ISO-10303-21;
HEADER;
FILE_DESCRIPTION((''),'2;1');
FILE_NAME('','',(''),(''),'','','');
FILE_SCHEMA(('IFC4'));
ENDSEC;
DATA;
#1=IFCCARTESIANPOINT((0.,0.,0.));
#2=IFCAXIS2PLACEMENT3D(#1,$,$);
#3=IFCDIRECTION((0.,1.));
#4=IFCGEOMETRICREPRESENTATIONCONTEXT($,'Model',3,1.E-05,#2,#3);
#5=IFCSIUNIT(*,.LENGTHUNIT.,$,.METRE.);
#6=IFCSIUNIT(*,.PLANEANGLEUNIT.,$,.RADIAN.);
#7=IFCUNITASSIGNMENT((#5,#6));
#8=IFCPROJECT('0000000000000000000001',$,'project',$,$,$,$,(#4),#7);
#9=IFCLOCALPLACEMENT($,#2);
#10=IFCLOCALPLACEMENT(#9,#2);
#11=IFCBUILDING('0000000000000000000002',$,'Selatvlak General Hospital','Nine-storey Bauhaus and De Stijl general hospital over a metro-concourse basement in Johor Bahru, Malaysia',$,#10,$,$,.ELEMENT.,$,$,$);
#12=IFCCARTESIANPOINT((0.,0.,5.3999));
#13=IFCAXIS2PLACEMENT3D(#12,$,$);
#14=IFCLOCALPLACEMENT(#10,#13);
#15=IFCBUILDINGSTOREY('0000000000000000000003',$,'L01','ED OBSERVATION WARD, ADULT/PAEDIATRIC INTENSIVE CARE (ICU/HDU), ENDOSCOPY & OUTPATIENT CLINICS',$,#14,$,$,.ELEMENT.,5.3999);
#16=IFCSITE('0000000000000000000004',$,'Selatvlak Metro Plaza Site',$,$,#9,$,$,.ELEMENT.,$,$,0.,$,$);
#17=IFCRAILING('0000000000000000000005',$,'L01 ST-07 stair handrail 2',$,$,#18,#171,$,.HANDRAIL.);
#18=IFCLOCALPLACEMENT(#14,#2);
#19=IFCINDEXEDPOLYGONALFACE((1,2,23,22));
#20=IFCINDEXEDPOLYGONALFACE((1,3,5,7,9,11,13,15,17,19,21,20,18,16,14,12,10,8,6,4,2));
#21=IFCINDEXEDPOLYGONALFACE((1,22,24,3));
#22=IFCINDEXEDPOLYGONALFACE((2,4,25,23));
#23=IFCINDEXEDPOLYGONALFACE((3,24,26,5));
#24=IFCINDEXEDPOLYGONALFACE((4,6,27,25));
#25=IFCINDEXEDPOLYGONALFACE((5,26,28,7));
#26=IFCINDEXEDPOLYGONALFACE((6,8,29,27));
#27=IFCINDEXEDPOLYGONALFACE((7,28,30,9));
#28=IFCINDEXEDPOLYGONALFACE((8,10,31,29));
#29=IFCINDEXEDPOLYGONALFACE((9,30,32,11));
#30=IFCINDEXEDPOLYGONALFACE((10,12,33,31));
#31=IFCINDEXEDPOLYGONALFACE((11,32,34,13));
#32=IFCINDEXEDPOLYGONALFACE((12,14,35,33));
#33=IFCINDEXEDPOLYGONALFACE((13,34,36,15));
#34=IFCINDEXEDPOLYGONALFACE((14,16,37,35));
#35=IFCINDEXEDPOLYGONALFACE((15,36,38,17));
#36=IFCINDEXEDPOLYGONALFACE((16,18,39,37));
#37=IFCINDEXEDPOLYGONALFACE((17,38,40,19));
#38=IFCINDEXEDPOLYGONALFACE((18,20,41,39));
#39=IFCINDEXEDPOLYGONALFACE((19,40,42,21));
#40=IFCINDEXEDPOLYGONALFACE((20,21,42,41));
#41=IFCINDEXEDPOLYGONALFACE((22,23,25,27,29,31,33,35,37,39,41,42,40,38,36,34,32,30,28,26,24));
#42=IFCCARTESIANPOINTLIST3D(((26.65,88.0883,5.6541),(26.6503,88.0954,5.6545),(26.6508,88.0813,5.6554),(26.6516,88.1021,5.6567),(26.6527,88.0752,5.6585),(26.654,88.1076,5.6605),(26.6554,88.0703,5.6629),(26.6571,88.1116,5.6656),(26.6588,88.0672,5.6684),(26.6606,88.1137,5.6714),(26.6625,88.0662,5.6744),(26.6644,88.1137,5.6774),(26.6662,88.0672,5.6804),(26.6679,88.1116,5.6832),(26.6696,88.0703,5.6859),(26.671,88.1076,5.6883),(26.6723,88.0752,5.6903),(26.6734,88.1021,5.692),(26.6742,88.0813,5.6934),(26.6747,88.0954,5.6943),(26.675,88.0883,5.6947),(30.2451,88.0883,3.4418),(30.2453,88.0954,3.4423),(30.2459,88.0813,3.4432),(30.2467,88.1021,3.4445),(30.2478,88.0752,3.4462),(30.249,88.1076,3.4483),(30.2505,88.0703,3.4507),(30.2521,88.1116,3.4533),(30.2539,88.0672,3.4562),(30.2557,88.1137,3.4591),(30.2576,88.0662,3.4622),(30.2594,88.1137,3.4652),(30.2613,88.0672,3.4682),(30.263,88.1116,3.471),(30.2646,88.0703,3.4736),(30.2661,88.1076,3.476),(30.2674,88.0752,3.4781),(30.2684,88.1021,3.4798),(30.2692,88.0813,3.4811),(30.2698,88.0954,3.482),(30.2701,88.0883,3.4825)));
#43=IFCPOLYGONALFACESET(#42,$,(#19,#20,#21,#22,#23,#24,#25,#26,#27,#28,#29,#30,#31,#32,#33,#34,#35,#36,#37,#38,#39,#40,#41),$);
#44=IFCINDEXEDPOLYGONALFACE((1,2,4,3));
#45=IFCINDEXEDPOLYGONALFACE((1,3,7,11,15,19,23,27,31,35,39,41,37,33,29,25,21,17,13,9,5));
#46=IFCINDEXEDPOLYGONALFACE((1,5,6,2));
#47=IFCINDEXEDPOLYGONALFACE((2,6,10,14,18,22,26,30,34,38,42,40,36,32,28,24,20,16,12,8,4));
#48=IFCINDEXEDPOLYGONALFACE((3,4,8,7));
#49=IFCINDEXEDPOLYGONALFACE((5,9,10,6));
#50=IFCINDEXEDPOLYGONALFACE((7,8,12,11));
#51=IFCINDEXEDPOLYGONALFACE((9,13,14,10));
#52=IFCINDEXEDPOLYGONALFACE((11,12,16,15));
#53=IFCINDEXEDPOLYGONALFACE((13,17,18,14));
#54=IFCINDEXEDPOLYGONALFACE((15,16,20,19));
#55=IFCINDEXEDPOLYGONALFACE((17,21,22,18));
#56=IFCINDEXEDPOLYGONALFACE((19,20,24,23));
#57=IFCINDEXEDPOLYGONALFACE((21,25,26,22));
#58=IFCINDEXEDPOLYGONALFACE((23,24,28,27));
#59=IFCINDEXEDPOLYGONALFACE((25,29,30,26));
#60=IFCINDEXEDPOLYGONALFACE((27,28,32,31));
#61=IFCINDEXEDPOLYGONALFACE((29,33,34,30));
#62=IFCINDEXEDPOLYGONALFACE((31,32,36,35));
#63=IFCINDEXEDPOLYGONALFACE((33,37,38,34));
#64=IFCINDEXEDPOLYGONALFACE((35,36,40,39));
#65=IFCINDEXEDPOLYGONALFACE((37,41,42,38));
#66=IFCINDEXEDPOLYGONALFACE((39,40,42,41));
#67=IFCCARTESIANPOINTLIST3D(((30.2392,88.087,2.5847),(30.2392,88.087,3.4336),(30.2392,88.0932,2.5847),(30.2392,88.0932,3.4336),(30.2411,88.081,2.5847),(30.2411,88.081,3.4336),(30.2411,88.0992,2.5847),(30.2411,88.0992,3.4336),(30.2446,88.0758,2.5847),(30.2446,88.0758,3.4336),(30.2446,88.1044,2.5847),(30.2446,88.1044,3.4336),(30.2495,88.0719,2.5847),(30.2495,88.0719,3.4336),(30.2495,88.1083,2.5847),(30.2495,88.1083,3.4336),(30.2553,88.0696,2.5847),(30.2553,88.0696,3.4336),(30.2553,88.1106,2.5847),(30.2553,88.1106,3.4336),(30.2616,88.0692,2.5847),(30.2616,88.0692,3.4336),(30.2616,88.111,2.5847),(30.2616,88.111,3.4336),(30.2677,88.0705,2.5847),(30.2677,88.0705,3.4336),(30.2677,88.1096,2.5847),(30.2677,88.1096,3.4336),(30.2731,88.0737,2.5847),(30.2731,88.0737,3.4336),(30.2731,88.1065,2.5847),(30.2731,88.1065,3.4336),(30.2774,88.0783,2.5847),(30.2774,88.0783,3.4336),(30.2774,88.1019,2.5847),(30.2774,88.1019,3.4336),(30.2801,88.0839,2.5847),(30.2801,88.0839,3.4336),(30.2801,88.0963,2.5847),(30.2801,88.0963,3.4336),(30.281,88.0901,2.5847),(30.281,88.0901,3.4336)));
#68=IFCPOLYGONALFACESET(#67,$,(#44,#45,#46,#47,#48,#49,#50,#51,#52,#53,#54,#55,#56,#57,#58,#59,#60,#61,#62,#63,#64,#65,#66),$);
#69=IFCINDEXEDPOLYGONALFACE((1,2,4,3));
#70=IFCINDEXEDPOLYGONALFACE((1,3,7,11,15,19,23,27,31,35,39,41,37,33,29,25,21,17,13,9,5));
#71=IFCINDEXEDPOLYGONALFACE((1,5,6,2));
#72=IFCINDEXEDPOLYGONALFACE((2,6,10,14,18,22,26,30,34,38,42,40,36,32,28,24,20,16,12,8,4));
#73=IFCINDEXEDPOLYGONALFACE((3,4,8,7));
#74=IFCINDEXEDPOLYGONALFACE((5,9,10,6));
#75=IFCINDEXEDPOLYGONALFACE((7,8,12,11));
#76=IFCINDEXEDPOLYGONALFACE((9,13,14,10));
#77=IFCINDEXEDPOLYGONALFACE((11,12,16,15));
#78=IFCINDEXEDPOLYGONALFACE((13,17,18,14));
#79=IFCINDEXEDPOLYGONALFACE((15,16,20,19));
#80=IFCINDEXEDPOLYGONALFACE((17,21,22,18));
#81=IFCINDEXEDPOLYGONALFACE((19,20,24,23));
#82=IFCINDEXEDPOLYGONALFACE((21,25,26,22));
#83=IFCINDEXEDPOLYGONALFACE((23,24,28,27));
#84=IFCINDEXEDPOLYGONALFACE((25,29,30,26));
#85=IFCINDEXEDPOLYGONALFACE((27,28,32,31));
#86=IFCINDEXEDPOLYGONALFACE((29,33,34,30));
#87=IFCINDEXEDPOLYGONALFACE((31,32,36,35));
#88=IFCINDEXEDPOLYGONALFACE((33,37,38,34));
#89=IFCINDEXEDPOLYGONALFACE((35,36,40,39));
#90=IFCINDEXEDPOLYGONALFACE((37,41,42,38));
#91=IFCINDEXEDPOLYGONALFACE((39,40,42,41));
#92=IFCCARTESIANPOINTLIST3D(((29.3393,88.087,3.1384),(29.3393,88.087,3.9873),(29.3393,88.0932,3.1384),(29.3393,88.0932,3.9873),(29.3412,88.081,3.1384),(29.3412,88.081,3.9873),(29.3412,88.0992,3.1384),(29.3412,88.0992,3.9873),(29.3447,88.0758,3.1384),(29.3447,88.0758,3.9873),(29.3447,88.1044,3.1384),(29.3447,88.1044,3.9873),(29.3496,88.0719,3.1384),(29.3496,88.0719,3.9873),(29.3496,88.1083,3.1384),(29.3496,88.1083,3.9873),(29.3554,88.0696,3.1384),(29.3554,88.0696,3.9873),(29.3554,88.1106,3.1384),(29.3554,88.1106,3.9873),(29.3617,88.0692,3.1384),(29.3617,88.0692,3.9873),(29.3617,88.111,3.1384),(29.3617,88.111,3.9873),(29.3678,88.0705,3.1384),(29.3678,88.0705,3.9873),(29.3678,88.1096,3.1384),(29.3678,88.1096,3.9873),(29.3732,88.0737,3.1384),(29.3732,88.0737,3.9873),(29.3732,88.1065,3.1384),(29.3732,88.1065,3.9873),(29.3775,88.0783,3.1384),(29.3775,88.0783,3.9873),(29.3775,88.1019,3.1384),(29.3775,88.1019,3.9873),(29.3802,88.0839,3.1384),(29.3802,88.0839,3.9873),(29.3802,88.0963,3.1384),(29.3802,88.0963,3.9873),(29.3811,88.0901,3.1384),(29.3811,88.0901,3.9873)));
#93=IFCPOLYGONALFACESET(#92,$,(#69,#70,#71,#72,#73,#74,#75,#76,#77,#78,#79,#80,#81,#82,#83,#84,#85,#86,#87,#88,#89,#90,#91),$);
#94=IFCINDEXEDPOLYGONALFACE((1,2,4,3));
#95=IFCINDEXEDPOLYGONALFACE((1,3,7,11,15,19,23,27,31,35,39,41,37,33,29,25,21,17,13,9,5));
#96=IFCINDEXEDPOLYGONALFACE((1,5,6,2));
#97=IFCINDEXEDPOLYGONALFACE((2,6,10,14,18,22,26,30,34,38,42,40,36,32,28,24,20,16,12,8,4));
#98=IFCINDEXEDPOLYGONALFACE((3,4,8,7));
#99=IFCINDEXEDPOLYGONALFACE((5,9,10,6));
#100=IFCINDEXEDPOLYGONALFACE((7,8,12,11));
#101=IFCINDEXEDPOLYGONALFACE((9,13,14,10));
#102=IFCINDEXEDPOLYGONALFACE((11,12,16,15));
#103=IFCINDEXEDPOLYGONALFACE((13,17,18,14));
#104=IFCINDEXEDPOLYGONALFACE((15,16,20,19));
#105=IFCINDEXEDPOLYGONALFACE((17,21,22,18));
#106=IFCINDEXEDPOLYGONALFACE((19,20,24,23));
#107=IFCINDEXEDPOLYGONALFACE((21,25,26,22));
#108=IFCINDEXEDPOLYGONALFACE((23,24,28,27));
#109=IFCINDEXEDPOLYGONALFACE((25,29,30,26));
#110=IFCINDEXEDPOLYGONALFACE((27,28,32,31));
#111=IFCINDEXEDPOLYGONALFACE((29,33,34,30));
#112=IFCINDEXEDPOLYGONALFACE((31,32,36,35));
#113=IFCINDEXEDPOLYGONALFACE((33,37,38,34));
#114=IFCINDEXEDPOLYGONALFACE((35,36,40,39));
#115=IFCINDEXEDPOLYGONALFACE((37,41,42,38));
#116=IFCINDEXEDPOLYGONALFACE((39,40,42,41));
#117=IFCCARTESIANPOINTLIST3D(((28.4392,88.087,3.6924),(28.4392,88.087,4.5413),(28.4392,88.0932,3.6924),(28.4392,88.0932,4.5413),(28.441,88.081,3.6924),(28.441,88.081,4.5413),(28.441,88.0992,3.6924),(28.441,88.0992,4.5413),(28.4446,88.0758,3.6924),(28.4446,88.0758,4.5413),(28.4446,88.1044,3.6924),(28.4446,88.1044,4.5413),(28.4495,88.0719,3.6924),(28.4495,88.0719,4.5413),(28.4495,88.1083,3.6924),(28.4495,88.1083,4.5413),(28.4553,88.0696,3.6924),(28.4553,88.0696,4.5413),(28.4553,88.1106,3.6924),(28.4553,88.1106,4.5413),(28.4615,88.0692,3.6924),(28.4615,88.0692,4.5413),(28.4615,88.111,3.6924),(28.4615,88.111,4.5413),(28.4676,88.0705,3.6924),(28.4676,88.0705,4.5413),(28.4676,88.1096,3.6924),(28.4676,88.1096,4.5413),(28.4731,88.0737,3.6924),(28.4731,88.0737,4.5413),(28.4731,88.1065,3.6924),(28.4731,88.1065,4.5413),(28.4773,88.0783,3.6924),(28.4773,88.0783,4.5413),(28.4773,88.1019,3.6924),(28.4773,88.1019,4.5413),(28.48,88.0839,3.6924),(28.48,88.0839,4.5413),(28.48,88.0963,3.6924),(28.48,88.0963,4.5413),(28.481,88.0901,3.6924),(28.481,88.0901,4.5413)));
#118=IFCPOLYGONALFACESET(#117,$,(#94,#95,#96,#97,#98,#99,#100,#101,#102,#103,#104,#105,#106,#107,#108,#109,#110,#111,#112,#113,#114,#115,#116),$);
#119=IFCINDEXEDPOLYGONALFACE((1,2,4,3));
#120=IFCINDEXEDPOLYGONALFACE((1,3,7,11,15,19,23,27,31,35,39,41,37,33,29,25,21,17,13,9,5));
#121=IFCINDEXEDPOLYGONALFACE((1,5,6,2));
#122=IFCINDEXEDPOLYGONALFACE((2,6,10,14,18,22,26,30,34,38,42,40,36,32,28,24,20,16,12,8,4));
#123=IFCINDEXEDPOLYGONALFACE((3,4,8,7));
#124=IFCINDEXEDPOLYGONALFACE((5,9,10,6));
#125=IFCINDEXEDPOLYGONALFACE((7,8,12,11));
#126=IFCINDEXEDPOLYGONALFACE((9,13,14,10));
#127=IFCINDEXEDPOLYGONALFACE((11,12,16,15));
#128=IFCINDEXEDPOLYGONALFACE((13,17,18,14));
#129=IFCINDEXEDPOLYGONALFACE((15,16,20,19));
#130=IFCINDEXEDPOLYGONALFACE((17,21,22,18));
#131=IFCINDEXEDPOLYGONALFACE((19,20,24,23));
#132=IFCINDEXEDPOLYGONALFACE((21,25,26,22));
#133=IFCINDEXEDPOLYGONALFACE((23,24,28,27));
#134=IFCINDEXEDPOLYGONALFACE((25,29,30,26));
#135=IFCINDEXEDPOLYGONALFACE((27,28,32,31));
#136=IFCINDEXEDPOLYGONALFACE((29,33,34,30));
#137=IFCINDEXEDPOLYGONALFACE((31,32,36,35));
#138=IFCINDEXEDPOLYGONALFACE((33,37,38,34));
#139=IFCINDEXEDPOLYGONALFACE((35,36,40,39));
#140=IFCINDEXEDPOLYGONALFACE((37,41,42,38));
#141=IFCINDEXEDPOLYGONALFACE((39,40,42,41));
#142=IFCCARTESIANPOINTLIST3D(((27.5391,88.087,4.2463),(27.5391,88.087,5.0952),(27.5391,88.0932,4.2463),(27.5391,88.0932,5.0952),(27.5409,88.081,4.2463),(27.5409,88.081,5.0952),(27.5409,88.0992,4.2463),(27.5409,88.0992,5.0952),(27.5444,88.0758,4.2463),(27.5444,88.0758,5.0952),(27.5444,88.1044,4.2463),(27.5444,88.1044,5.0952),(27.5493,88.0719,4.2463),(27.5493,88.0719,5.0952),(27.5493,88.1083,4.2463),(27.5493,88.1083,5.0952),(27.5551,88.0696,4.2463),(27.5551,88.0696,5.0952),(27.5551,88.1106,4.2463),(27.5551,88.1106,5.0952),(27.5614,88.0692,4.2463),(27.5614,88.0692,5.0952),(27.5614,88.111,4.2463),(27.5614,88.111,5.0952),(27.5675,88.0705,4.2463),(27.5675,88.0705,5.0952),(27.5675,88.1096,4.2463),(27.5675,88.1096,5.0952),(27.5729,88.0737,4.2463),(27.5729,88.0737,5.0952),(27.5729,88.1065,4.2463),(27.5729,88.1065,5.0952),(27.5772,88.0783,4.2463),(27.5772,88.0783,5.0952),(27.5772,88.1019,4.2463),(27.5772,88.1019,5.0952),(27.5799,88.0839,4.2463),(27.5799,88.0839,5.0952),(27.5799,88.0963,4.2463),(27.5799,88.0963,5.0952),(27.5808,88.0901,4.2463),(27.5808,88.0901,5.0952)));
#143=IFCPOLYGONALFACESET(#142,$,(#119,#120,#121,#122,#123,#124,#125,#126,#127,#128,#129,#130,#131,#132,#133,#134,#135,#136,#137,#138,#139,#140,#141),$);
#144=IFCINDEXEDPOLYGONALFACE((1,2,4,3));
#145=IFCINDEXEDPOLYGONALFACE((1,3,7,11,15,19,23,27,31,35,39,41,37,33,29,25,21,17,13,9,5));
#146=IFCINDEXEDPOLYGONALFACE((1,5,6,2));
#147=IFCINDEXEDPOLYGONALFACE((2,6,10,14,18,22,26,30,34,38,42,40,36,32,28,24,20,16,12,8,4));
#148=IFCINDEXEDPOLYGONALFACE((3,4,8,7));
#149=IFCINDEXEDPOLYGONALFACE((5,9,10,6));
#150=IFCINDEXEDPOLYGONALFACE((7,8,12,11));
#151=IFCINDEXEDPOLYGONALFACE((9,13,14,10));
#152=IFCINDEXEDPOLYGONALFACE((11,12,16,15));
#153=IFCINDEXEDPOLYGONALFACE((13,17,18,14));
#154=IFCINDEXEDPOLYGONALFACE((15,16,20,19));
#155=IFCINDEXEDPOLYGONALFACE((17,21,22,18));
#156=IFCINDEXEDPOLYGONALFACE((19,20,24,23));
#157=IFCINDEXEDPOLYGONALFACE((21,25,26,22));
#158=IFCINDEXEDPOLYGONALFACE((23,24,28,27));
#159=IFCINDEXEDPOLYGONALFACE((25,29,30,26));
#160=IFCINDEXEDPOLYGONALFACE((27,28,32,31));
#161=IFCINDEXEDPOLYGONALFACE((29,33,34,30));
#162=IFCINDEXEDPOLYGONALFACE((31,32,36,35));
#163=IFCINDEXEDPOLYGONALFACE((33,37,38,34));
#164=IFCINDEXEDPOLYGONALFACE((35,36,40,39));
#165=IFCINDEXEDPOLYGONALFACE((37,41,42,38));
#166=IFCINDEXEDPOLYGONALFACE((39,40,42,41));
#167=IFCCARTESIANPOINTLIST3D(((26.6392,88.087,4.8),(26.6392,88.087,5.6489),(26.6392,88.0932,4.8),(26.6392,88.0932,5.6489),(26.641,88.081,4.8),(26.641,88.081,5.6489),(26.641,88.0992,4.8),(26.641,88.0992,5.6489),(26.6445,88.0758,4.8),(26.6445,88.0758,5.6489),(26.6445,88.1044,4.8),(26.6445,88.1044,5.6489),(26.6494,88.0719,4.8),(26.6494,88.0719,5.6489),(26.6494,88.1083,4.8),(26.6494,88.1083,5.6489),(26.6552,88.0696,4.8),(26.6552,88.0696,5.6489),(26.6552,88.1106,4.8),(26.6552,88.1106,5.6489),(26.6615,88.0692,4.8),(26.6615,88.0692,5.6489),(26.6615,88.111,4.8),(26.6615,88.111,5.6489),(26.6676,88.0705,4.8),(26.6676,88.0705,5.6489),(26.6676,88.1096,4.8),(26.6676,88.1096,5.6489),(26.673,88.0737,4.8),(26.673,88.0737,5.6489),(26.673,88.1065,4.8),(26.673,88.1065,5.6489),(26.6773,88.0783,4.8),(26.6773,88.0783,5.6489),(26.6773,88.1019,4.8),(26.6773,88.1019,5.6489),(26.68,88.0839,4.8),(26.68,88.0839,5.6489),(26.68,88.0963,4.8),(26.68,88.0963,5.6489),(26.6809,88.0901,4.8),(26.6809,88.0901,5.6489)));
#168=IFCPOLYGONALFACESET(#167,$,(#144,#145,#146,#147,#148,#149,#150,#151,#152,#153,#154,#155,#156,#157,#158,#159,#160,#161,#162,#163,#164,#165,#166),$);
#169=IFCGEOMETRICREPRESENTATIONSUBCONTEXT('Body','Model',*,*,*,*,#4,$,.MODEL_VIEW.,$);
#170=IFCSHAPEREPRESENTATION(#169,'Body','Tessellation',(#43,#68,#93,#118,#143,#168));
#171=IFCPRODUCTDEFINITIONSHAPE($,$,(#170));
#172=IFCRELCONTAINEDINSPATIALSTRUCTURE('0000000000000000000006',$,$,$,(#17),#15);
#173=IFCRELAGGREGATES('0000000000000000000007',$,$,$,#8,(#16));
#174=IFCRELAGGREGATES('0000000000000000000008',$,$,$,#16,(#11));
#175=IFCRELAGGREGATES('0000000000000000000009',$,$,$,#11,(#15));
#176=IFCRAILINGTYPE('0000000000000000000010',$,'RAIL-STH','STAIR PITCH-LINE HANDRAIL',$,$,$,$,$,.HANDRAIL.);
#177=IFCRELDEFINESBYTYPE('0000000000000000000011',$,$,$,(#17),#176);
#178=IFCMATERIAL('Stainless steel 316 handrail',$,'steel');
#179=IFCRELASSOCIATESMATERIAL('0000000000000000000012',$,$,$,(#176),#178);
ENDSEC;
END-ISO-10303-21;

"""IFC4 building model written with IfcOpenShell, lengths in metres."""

from ifc_helpers import new_model, si_unit, direction, frame, origin, origin_2d, place, context, subcontext, project, spatial, circle, extrude, material, type_object, element, save


model = new_model("IFC4")

# Units and contexts
model_context = context("Model", 3, precision=1e-05, world=origin(), true_north=direction((0.0, 1.0)))
body_context = subcontext(model_context, "Body", "Model", "MODEL_VIEW")
ifc_project = project(units=[si_unit("LENGTHUNIT", "METRE"), si_unit("PLANEANGLEUNIT", "RADIAN")], contexts=[model_context])

# Site, building, storey
site_placement = place(None, origin())
site = spatial("IfcSite", under=ifc_project, at=site_placement, Name="Selatvlak Metro Plaza Site", CompositionType="ELEMENT", RefElevation=0.0)
building_placement = place(site_placement, origin())
building = spatial("IfcBuilding", under=site, at=building_placement, Name="Selatvlak General Hospital", Description="Nine-storey Bauhaus and De Stijl general hospital over a metro-concourse basement in Johor Bahru, Malaysia", CompositionType="ELEMENT")
storey_placement = place(building_placement, frame((0.0, 0.0, 5.3999)))
storey = spatial("IfcBuildingStorey", under=building, at=storey_placement, Name="L01", Description="ED OBSERVATION WARD, ADULT/PAEDIATRIC INTENSIVE CARE (ICU/HDU), ENDOSCOPY & OUTPATIENT CLINICS", CompositionType="ELEMENT", Elevation=5.3999)

# Railing
ifc_material_1 = material(Name="Stainless steel 316 handrail", Category="steel")
railing_type_1 = type_object("IfcRailingType", Name="RAIL-STH", Description="STAIR PITCH-LINE HANDRAIL", PredefinedType="HANDRAIL", material=ifc_material_1)
railing_1_placement = place(storey_placement, frame((30.26, 88.0901, 2.5847)))
element("IfcRailing", 1, at=railing_1_placement, inside=storey, type_object=railing_type_1, Name="L01 ST-07 stair handrail 2", PredefinedType="HANDRAIL", context=body_context, shape_type="SweptSolid", body=[
    extrude(circle(Radius=0.0239, at=origin_2d()), frame((-0.0024, 0.0, 0.8774), z_axis=(-0.85167, 0.0, 0.524078), x_axis=(0.0, -1.0, 0.0)), (0.0, 0.0, 1.0), 4.2212),
    extrude(circle(Radius=0.021, at=origin_2d()), origin(), (0.0, 0.0, 1.0), 0.8489),
    extrude(circle(Radius=0.021, at=origin_2d()), frame((-0.8999, 0.0, 0.5537)), (0.0, 0.0, 1.0), 0.8489),
    extrude(circle(Radius=0.021, at=origin_2d()), frame((-1.8, 0.0, 1.1077)), (0.0, 0.0, 1.0), 0.8489),
    extrude(circle(Radius=0.021, at=origin_2d()), frame((-2.7002, 0.0, 1.6616)), (0.0, 0.0, 1.0), 0.8489),
    extrude(circle(Radius=0.021, at=origin_2d()), frame((-3.6001, 0.0, 2.2153)), (0.0, 0.0, 1.0), 0.8489),
])

save(model, "model.ifc")
